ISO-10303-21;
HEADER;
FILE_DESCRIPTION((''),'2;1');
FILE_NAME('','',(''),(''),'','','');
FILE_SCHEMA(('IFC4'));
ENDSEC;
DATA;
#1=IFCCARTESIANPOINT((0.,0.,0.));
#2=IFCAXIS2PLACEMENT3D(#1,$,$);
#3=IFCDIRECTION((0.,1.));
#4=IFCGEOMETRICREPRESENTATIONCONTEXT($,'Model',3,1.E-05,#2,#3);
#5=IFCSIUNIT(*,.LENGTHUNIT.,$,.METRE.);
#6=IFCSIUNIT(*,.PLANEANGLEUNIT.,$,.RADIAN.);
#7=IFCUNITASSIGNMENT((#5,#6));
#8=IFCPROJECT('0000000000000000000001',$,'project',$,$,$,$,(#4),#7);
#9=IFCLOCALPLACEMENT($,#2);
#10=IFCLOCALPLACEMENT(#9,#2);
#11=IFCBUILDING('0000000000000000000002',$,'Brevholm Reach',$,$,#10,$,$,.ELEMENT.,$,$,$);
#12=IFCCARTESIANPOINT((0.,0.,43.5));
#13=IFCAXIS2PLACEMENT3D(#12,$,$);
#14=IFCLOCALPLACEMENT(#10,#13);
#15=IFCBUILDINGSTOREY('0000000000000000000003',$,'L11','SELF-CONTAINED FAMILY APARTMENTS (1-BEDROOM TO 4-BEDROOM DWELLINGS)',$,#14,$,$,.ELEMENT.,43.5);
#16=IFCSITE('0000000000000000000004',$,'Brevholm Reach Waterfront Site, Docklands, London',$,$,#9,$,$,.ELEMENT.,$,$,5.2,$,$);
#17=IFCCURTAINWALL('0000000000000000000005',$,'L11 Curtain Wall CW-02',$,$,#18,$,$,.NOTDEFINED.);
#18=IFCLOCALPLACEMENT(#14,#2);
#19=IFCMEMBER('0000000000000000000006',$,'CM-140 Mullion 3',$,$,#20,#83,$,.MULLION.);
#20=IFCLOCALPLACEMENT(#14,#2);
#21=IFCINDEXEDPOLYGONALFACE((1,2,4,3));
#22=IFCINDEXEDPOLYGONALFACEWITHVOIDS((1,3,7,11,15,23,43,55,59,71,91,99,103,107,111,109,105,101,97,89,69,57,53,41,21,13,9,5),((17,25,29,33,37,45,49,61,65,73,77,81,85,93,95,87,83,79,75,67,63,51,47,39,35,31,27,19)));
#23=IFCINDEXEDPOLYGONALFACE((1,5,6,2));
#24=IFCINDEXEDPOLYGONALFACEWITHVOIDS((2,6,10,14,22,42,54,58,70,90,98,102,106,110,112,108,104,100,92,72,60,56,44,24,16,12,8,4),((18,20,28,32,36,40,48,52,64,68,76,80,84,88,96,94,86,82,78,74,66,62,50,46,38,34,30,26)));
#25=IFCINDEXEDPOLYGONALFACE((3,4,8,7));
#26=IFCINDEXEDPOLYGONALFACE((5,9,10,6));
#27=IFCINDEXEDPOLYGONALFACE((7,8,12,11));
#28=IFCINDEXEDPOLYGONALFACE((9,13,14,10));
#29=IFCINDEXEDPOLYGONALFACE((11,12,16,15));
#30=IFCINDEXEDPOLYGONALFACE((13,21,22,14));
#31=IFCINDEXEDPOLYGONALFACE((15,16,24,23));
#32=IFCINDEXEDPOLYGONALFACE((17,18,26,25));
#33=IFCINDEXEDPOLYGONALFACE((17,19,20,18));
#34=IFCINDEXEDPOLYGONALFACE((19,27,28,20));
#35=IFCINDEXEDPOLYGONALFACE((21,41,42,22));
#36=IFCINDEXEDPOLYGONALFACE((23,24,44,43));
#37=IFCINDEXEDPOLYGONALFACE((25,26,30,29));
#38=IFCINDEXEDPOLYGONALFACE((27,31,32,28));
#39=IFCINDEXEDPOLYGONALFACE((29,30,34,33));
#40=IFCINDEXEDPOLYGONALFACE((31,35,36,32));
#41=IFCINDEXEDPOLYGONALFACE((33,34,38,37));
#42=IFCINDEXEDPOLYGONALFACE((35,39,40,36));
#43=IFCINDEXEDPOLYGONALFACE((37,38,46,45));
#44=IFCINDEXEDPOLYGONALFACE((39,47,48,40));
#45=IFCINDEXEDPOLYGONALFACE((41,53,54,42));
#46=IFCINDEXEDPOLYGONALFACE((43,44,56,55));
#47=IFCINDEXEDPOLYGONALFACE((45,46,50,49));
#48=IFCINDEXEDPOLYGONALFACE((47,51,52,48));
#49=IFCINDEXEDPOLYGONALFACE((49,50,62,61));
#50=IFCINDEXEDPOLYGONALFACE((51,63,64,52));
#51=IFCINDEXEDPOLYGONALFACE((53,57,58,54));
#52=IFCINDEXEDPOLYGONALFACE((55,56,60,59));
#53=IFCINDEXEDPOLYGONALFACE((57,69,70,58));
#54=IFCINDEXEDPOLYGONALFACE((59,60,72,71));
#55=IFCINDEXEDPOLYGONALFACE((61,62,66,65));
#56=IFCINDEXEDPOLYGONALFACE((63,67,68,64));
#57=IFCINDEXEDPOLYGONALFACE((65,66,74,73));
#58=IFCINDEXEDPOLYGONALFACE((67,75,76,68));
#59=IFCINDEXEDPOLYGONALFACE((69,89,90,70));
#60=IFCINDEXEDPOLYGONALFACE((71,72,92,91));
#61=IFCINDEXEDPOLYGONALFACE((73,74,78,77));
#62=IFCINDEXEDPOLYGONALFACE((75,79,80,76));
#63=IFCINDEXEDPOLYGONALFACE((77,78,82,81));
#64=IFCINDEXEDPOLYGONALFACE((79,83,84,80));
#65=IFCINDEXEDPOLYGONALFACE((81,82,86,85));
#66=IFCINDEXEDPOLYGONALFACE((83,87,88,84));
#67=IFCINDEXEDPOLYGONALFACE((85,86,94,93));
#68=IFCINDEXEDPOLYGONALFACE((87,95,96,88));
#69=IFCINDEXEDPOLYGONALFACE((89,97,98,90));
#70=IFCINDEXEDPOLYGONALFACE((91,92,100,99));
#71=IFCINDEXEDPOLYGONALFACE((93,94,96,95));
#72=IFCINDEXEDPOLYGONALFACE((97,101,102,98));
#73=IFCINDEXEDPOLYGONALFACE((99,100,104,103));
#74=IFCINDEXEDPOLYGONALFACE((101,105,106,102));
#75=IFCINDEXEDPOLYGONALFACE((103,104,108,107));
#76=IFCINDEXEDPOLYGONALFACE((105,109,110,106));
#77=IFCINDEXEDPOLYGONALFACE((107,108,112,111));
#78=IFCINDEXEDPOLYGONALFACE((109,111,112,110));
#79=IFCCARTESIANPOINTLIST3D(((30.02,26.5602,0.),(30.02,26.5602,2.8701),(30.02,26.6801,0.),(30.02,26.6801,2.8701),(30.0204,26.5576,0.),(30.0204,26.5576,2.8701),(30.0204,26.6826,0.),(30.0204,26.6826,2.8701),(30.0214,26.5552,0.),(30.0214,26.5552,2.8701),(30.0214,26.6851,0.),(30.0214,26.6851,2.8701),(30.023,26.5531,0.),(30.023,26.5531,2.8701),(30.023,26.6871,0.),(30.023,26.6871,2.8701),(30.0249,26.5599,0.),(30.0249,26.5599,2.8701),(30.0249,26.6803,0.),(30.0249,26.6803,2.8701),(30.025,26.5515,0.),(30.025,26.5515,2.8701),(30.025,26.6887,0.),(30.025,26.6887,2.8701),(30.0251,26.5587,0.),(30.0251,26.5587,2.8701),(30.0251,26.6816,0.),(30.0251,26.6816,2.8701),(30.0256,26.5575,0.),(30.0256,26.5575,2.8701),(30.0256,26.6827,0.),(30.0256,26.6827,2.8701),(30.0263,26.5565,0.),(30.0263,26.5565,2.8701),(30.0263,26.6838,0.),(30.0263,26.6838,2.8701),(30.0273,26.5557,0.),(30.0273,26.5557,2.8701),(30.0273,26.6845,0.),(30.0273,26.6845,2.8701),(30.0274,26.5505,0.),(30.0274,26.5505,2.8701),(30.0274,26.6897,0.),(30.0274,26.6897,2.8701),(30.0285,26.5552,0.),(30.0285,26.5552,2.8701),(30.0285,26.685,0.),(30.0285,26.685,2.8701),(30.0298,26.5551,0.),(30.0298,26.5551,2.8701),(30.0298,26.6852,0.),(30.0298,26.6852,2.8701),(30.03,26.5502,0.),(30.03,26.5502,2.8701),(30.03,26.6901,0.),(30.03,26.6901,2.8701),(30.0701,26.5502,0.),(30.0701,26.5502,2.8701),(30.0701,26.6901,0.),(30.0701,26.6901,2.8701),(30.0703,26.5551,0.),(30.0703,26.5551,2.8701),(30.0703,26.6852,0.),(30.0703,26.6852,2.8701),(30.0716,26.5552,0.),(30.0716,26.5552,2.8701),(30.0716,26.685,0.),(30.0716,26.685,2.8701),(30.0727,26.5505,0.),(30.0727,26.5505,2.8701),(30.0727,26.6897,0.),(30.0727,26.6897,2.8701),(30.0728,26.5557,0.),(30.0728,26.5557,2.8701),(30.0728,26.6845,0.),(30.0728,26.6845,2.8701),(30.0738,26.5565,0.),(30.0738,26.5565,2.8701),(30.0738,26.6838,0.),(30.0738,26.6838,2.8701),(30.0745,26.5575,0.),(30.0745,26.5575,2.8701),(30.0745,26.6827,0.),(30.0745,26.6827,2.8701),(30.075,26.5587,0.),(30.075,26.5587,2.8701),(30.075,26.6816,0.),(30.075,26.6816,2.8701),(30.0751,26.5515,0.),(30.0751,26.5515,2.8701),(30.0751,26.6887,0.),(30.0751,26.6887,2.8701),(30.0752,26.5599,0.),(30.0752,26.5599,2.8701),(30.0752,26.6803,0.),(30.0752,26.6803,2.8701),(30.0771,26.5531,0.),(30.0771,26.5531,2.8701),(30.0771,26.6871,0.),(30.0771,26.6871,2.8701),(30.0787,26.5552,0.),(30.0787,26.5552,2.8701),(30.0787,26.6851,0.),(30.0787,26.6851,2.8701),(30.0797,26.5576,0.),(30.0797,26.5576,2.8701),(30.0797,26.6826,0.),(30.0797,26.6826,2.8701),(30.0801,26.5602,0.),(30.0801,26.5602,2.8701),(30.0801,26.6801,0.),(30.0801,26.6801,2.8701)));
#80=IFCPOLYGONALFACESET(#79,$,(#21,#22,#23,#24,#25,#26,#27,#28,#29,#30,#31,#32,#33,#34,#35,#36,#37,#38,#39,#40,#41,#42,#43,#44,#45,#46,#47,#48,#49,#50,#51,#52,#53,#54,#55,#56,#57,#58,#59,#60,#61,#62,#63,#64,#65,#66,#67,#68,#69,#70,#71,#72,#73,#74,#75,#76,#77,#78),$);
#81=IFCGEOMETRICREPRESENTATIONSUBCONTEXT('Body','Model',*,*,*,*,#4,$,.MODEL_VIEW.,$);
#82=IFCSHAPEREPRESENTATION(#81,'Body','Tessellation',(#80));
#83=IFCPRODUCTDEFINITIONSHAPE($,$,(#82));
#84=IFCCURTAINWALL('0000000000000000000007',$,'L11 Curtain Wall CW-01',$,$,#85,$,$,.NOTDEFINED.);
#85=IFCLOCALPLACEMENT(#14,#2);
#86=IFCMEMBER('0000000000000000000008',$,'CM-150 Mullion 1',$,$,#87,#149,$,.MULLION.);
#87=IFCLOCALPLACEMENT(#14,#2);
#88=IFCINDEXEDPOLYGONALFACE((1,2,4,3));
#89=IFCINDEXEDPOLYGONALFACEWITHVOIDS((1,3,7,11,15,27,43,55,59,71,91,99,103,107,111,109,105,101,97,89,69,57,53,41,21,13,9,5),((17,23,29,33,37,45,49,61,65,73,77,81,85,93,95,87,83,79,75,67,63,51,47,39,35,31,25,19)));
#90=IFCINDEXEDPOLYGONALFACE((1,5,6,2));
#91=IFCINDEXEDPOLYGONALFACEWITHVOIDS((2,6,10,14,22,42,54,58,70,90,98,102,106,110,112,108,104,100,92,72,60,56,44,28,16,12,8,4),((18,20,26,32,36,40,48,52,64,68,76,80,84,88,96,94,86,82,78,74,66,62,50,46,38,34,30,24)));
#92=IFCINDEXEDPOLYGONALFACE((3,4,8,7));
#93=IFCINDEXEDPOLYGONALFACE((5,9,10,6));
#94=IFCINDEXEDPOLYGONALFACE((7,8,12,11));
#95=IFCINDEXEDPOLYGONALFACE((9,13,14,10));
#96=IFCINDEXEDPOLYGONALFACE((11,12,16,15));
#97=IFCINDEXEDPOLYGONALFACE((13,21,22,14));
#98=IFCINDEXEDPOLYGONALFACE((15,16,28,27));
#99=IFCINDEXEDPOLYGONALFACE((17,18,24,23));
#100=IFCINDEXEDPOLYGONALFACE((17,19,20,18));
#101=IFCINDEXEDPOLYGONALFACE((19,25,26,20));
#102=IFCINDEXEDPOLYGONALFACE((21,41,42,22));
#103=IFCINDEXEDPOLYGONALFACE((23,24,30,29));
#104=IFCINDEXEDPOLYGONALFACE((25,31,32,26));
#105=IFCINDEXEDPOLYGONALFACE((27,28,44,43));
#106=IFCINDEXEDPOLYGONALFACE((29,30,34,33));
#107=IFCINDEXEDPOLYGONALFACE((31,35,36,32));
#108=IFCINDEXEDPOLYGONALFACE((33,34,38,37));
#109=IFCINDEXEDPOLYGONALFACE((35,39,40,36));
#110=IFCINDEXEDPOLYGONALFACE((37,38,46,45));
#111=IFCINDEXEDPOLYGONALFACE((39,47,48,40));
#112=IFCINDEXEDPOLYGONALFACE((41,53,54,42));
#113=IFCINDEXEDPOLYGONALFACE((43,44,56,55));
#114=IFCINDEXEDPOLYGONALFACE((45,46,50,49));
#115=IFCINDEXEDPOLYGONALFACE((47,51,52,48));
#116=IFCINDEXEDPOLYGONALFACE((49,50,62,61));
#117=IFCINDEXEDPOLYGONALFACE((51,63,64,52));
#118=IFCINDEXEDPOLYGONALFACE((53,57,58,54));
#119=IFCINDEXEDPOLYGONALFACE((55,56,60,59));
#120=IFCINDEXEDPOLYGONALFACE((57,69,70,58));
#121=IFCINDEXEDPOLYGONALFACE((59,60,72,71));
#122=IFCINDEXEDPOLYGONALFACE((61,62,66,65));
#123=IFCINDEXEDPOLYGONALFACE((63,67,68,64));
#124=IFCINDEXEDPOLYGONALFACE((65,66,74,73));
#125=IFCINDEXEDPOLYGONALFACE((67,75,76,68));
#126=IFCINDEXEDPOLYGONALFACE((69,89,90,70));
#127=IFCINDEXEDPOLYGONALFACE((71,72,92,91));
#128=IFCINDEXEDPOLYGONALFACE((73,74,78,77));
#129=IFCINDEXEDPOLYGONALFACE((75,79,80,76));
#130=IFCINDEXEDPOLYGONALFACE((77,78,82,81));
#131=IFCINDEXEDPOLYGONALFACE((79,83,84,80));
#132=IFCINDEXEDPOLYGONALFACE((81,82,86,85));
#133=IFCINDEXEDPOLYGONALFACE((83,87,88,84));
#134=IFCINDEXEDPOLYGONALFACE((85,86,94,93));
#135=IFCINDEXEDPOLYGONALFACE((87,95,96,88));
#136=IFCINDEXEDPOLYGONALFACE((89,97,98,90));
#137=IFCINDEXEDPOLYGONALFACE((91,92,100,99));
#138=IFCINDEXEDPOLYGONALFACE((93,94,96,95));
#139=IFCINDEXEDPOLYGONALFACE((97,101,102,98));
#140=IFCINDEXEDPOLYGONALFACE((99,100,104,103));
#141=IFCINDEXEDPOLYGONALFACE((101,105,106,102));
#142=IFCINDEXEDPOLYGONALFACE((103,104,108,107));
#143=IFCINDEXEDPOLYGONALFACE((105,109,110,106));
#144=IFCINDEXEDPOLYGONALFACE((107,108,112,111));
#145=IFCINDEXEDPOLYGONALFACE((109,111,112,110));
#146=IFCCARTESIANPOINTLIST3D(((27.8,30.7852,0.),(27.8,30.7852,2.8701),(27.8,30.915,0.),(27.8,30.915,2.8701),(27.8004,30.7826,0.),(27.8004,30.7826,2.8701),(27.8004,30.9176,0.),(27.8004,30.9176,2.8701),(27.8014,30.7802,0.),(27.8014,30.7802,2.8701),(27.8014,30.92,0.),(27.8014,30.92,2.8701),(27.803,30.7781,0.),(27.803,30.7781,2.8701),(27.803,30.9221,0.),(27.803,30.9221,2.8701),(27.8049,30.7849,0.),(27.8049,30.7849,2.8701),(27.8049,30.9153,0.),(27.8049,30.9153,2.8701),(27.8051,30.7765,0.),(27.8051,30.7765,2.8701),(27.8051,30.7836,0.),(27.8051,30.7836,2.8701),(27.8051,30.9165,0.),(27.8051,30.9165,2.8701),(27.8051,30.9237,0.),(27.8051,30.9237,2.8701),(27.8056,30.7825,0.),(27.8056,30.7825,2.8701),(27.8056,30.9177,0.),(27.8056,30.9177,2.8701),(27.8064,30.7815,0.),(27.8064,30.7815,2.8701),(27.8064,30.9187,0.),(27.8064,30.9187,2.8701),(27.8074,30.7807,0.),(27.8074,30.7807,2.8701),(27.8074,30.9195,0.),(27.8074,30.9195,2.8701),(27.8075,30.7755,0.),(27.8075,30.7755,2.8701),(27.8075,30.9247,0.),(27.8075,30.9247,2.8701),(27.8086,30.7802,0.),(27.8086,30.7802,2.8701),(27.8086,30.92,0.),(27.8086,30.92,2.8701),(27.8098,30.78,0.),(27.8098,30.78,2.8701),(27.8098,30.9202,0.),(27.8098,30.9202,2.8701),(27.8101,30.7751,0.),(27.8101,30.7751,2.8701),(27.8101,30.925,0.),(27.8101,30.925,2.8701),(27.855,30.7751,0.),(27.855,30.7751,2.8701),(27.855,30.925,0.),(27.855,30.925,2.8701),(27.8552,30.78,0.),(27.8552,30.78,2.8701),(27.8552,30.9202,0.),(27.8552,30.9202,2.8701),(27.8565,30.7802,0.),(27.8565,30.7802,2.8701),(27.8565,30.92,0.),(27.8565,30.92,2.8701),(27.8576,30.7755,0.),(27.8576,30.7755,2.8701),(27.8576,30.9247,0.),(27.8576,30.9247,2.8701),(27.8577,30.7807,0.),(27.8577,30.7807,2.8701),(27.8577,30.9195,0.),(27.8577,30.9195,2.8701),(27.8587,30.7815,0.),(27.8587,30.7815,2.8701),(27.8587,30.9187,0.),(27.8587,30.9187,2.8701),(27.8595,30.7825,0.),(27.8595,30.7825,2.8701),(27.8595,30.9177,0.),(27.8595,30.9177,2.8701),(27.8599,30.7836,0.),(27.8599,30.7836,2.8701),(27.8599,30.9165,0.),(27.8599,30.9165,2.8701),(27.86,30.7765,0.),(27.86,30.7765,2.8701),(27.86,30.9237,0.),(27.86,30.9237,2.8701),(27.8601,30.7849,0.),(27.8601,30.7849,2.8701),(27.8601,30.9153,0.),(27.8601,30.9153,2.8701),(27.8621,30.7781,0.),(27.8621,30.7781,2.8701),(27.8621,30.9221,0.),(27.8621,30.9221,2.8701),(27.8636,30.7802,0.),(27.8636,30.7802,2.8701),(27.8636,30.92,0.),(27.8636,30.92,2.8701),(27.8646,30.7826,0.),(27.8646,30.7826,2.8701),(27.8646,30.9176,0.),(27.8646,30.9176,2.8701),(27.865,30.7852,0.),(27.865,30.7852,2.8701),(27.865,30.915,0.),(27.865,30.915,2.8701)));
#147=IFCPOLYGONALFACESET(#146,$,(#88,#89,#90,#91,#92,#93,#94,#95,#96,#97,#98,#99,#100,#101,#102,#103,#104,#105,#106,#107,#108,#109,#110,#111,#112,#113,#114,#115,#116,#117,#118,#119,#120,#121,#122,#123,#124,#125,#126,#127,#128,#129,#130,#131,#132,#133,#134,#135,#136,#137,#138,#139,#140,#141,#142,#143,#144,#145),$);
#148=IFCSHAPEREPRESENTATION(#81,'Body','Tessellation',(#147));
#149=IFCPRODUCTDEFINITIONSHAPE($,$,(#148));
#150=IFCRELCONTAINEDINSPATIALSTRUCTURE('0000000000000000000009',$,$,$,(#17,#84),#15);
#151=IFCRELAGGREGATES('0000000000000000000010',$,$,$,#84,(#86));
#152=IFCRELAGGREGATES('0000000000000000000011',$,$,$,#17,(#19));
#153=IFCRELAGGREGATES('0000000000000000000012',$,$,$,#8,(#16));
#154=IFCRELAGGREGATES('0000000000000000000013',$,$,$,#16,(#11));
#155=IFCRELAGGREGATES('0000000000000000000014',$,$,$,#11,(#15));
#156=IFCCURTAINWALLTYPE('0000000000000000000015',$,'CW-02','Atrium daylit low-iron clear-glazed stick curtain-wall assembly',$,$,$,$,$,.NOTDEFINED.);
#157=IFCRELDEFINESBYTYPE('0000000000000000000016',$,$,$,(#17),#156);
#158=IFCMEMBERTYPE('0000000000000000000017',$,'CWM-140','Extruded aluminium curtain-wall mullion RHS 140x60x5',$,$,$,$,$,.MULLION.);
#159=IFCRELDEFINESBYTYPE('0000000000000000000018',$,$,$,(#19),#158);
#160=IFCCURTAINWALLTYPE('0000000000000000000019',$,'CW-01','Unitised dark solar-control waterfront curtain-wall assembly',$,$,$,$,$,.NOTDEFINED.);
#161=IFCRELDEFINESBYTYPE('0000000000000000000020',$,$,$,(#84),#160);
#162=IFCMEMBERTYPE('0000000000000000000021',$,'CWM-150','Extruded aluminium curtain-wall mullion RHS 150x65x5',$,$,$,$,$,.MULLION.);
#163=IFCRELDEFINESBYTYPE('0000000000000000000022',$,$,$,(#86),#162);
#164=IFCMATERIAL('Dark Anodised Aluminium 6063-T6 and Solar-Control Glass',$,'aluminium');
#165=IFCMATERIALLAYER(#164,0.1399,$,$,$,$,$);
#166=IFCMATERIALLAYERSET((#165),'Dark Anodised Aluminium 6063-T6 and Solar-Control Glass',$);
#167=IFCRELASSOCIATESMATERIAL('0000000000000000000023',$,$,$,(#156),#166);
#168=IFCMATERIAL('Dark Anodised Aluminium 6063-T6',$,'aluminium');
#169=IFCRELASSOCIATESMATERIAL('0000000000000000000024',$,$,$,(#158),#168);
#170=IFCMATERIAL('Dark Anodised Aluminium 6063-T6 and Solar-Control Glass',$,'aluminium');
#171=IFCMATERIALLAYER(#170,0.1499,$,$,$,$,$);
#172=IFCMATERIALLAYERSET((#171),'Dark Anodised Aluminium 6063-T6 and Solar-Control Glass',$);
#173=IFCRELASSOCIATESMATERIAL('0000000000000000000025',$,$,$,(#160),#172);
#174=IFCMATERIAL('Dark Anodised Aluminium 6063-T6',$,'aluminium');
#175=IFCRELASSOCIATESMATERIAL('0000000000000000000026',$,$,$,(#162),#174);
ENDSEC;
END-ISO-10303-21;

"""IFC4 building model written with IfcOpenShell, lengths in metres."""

from ifc_helpers import new_model, si_unit, direction, frame, origin, origin_2d, place, context, subcontext, project, spatial, hollow_rectangle, extrude, material, layer, layer_set, material_profile, profile_set, type_object, element, aggregate, save


model = new_model("IFC4")

# Units and contexts
model_context = context("Model", 3, precision=1e-05, world=origin(), true_north=direction((0.0, 1.0)))
body_context = subcontext(model_context, "Body", "Model", "MODEL_VIEW")
ifc_project = project(units=[si_unit("LENGTHUNIT", "METRE"), si_unit("PLANEANGLEUNIT", "RADIAN")], contexts=[model_context])

# Site, building, storey
site_placement = place(None, origin())
site = spatial("IfcSite", under=ifc_project, at=site_placement, Name="Brevholm Reach Waterfront Site, Docklands, London", CompositionType="ELEMENT", RefElevation=5.2)
building_placement = place(site_placement, origin())
building = spatial("IfcBuilding", under=site, at=building_placement, Name="Brevholm Reach", CompositionType="ELEMENT")
storey_placement = place(building_placement, frame((0.0, 0.0, 43.5)))
storey = spatial("IfcBuildingStorey", under=building, at=storey_placement, Name="L11", Description="SELF-CONTAINED FAMILY APARTMENTS (1-BEDROOM TO 4-BEDROOM DWELLINGS)", CompositionType="ELEMENT", Elevation=43.5)

# Curtain walls, members
ifc_material_1 = material(Name="Dark Anodised Aluminium 6063-T6 and Solar-Control Glass", Category="aluminium")
ifc_layer_1 = layer(ifc_material_1, 0.1399)
ifc_layer_set_1 = layer_set([ifc_layer_1], Name="Dark Anodised Aluminium 6063-T6 and Solar-Control Glass")
curtain_wall_type_1 = type_object("IfcCurtainWallType", Name="CW-02", Description="Atrium daylit low-iron clear-glazed stick curtain-wall assembly", PredefinedType="NOTDEFINED", material=ifc_layer_set_1)
curtain_wall_1_placement = place(storey_placement, origin())
curtain_wall_1 = element("IfcCurtainWall", 1, at=curtain_wall_1_placement, inside=storey, type_object=curtain_wall_type_1, Name="L11 Curtain Wall CW-02", PredefinedType="NOTDEFINED")
ifc_material_2 = material(Name="Dark Anodised Aluminium 6063-T6", Category="aluminium")
ifc_material_profile_1 = material_profile(ifc_material_2, hollow_rectangle(XDim=0.0601, YDim=0.1399, WallThickness=0.0049, InnerFilletRadius=0.0049, OuterFilletRadius=0.01, at=origin_2d()), Name="RHS 140x60x5")
ifc_profile_set_1 = profile_set([ifc_material_profile_1], Name="Dark Anodised Aluminium 6063-T6")
member_type_1 = type_object("IfcMemberType", Name="CWM-140", Description="Extruded aluminium curtain-wall mullion RHS 140x60x5", PredefinedType="MULLION", material=ifc_profile_set_1)
member_1_placement = place(storey_placement, frame((30.05, 26.6201, 0.0), z_axis=(0.0, 0.0, 1.0), x_axis=(-1.0, 0.0, 0.0)))
member_1 = element("IfcMember", 2, at=member_1_placement, type_object=member_type_1, Name="CM-140 Mullion 3", PredefinedType="MULLION", context=body_context, shape_type="SweptSolid", body=[
    extrude(hollow_rectangle(XDim=0.0601, YDim=0.1399, WallThickness=0.0049, InnerFilletRadius=0.0049, OuterFilletRadius=0.01, at=origin_2d()), origin(), (0.0, 0.0, 1.0), 2.8701),
])
ifc_material_3 = material(Name="Dark Anodised Aluminium 6063-T6 and Solar-Control Glass", Category="aluminium")
ifc_layer_2 = layer(ifc_material_3, 0.1499)
ifc_layer_set_2 = layer_set([ifc_layer_2], Name="Dark Anodised Aluminium 6063-T6 and Solar-Control Glass")
curtain_wall_type_2 = type_object("IfcCurtainWallType", Name="CW-01", Description="Unitised dark solar-control waterfront curtain-wall assembly", PredefinedType="NOTDEFINED", material=ifc_layer_set_2)
curtain_wall_2_placement = place(storey_placement, origin())
curtain_wall_2 = element("IfcCurtainWall", 3, at=curtain_wall_2_placement, inside=storey, type_object=curtain_wall_type_2, Name="L11 Curtain Wall CW-01", PredefinedType="NOTDEFINED")
ifc_material_4 = material(Name="Dark Anodised Aluminium 6063-T6", Category="aluminium")
ifc_material_profile_2 = material_profile(ifc_material_4, hollow_rectangle(XDim=0.0649, YDim=0.1499, WallThickness=0.0049, InnerFilletRadius=0.0049, OuterFilletRadius=0.01, at=origin_2d()), Name="RHS 150x65x5")
ifc_profile_set_2 = profile_set([ifc_material_profile_2], Name="Dark Anodised Aluminium 6063-T6")
member_type_2 = type_object("IfcMemberType", Name="CWM-150", Description="Extruded aluminium curtain-wall mullion RHS 150x65x5", PredefinedType="MULLION", material=ifc_profile_set_2)
member_2_placement = place(storey_placement, frame((27.8325, 30.8501, 0.0), z_axis=(0.0, 0.0, 1.0), x_axis=(1.0, 0.0, 0.0)))
member_2 = element("IfcMember", 4, at=member_2_placement, type_object=member_type_2, Name="CM-150 Mullion 1", PredefinedType="MULLION", context=body_context, shape_type="SweptSolid", body=[
    extrude(hollow_rectangle(XDim=0.0649, YDim=0.1499, WallThickness=0.0049, InnerFilletRadius=0.0049, OuterFilletRadius=0.01, at=origin_2d()), origin(), (0.0, 0.0, 1.0), 2.8701),
])

aggregate(curtain_wall_2, [member_2])
aggregate(curtain_wall_1, [member_1])

save(model, "model.ifc")
